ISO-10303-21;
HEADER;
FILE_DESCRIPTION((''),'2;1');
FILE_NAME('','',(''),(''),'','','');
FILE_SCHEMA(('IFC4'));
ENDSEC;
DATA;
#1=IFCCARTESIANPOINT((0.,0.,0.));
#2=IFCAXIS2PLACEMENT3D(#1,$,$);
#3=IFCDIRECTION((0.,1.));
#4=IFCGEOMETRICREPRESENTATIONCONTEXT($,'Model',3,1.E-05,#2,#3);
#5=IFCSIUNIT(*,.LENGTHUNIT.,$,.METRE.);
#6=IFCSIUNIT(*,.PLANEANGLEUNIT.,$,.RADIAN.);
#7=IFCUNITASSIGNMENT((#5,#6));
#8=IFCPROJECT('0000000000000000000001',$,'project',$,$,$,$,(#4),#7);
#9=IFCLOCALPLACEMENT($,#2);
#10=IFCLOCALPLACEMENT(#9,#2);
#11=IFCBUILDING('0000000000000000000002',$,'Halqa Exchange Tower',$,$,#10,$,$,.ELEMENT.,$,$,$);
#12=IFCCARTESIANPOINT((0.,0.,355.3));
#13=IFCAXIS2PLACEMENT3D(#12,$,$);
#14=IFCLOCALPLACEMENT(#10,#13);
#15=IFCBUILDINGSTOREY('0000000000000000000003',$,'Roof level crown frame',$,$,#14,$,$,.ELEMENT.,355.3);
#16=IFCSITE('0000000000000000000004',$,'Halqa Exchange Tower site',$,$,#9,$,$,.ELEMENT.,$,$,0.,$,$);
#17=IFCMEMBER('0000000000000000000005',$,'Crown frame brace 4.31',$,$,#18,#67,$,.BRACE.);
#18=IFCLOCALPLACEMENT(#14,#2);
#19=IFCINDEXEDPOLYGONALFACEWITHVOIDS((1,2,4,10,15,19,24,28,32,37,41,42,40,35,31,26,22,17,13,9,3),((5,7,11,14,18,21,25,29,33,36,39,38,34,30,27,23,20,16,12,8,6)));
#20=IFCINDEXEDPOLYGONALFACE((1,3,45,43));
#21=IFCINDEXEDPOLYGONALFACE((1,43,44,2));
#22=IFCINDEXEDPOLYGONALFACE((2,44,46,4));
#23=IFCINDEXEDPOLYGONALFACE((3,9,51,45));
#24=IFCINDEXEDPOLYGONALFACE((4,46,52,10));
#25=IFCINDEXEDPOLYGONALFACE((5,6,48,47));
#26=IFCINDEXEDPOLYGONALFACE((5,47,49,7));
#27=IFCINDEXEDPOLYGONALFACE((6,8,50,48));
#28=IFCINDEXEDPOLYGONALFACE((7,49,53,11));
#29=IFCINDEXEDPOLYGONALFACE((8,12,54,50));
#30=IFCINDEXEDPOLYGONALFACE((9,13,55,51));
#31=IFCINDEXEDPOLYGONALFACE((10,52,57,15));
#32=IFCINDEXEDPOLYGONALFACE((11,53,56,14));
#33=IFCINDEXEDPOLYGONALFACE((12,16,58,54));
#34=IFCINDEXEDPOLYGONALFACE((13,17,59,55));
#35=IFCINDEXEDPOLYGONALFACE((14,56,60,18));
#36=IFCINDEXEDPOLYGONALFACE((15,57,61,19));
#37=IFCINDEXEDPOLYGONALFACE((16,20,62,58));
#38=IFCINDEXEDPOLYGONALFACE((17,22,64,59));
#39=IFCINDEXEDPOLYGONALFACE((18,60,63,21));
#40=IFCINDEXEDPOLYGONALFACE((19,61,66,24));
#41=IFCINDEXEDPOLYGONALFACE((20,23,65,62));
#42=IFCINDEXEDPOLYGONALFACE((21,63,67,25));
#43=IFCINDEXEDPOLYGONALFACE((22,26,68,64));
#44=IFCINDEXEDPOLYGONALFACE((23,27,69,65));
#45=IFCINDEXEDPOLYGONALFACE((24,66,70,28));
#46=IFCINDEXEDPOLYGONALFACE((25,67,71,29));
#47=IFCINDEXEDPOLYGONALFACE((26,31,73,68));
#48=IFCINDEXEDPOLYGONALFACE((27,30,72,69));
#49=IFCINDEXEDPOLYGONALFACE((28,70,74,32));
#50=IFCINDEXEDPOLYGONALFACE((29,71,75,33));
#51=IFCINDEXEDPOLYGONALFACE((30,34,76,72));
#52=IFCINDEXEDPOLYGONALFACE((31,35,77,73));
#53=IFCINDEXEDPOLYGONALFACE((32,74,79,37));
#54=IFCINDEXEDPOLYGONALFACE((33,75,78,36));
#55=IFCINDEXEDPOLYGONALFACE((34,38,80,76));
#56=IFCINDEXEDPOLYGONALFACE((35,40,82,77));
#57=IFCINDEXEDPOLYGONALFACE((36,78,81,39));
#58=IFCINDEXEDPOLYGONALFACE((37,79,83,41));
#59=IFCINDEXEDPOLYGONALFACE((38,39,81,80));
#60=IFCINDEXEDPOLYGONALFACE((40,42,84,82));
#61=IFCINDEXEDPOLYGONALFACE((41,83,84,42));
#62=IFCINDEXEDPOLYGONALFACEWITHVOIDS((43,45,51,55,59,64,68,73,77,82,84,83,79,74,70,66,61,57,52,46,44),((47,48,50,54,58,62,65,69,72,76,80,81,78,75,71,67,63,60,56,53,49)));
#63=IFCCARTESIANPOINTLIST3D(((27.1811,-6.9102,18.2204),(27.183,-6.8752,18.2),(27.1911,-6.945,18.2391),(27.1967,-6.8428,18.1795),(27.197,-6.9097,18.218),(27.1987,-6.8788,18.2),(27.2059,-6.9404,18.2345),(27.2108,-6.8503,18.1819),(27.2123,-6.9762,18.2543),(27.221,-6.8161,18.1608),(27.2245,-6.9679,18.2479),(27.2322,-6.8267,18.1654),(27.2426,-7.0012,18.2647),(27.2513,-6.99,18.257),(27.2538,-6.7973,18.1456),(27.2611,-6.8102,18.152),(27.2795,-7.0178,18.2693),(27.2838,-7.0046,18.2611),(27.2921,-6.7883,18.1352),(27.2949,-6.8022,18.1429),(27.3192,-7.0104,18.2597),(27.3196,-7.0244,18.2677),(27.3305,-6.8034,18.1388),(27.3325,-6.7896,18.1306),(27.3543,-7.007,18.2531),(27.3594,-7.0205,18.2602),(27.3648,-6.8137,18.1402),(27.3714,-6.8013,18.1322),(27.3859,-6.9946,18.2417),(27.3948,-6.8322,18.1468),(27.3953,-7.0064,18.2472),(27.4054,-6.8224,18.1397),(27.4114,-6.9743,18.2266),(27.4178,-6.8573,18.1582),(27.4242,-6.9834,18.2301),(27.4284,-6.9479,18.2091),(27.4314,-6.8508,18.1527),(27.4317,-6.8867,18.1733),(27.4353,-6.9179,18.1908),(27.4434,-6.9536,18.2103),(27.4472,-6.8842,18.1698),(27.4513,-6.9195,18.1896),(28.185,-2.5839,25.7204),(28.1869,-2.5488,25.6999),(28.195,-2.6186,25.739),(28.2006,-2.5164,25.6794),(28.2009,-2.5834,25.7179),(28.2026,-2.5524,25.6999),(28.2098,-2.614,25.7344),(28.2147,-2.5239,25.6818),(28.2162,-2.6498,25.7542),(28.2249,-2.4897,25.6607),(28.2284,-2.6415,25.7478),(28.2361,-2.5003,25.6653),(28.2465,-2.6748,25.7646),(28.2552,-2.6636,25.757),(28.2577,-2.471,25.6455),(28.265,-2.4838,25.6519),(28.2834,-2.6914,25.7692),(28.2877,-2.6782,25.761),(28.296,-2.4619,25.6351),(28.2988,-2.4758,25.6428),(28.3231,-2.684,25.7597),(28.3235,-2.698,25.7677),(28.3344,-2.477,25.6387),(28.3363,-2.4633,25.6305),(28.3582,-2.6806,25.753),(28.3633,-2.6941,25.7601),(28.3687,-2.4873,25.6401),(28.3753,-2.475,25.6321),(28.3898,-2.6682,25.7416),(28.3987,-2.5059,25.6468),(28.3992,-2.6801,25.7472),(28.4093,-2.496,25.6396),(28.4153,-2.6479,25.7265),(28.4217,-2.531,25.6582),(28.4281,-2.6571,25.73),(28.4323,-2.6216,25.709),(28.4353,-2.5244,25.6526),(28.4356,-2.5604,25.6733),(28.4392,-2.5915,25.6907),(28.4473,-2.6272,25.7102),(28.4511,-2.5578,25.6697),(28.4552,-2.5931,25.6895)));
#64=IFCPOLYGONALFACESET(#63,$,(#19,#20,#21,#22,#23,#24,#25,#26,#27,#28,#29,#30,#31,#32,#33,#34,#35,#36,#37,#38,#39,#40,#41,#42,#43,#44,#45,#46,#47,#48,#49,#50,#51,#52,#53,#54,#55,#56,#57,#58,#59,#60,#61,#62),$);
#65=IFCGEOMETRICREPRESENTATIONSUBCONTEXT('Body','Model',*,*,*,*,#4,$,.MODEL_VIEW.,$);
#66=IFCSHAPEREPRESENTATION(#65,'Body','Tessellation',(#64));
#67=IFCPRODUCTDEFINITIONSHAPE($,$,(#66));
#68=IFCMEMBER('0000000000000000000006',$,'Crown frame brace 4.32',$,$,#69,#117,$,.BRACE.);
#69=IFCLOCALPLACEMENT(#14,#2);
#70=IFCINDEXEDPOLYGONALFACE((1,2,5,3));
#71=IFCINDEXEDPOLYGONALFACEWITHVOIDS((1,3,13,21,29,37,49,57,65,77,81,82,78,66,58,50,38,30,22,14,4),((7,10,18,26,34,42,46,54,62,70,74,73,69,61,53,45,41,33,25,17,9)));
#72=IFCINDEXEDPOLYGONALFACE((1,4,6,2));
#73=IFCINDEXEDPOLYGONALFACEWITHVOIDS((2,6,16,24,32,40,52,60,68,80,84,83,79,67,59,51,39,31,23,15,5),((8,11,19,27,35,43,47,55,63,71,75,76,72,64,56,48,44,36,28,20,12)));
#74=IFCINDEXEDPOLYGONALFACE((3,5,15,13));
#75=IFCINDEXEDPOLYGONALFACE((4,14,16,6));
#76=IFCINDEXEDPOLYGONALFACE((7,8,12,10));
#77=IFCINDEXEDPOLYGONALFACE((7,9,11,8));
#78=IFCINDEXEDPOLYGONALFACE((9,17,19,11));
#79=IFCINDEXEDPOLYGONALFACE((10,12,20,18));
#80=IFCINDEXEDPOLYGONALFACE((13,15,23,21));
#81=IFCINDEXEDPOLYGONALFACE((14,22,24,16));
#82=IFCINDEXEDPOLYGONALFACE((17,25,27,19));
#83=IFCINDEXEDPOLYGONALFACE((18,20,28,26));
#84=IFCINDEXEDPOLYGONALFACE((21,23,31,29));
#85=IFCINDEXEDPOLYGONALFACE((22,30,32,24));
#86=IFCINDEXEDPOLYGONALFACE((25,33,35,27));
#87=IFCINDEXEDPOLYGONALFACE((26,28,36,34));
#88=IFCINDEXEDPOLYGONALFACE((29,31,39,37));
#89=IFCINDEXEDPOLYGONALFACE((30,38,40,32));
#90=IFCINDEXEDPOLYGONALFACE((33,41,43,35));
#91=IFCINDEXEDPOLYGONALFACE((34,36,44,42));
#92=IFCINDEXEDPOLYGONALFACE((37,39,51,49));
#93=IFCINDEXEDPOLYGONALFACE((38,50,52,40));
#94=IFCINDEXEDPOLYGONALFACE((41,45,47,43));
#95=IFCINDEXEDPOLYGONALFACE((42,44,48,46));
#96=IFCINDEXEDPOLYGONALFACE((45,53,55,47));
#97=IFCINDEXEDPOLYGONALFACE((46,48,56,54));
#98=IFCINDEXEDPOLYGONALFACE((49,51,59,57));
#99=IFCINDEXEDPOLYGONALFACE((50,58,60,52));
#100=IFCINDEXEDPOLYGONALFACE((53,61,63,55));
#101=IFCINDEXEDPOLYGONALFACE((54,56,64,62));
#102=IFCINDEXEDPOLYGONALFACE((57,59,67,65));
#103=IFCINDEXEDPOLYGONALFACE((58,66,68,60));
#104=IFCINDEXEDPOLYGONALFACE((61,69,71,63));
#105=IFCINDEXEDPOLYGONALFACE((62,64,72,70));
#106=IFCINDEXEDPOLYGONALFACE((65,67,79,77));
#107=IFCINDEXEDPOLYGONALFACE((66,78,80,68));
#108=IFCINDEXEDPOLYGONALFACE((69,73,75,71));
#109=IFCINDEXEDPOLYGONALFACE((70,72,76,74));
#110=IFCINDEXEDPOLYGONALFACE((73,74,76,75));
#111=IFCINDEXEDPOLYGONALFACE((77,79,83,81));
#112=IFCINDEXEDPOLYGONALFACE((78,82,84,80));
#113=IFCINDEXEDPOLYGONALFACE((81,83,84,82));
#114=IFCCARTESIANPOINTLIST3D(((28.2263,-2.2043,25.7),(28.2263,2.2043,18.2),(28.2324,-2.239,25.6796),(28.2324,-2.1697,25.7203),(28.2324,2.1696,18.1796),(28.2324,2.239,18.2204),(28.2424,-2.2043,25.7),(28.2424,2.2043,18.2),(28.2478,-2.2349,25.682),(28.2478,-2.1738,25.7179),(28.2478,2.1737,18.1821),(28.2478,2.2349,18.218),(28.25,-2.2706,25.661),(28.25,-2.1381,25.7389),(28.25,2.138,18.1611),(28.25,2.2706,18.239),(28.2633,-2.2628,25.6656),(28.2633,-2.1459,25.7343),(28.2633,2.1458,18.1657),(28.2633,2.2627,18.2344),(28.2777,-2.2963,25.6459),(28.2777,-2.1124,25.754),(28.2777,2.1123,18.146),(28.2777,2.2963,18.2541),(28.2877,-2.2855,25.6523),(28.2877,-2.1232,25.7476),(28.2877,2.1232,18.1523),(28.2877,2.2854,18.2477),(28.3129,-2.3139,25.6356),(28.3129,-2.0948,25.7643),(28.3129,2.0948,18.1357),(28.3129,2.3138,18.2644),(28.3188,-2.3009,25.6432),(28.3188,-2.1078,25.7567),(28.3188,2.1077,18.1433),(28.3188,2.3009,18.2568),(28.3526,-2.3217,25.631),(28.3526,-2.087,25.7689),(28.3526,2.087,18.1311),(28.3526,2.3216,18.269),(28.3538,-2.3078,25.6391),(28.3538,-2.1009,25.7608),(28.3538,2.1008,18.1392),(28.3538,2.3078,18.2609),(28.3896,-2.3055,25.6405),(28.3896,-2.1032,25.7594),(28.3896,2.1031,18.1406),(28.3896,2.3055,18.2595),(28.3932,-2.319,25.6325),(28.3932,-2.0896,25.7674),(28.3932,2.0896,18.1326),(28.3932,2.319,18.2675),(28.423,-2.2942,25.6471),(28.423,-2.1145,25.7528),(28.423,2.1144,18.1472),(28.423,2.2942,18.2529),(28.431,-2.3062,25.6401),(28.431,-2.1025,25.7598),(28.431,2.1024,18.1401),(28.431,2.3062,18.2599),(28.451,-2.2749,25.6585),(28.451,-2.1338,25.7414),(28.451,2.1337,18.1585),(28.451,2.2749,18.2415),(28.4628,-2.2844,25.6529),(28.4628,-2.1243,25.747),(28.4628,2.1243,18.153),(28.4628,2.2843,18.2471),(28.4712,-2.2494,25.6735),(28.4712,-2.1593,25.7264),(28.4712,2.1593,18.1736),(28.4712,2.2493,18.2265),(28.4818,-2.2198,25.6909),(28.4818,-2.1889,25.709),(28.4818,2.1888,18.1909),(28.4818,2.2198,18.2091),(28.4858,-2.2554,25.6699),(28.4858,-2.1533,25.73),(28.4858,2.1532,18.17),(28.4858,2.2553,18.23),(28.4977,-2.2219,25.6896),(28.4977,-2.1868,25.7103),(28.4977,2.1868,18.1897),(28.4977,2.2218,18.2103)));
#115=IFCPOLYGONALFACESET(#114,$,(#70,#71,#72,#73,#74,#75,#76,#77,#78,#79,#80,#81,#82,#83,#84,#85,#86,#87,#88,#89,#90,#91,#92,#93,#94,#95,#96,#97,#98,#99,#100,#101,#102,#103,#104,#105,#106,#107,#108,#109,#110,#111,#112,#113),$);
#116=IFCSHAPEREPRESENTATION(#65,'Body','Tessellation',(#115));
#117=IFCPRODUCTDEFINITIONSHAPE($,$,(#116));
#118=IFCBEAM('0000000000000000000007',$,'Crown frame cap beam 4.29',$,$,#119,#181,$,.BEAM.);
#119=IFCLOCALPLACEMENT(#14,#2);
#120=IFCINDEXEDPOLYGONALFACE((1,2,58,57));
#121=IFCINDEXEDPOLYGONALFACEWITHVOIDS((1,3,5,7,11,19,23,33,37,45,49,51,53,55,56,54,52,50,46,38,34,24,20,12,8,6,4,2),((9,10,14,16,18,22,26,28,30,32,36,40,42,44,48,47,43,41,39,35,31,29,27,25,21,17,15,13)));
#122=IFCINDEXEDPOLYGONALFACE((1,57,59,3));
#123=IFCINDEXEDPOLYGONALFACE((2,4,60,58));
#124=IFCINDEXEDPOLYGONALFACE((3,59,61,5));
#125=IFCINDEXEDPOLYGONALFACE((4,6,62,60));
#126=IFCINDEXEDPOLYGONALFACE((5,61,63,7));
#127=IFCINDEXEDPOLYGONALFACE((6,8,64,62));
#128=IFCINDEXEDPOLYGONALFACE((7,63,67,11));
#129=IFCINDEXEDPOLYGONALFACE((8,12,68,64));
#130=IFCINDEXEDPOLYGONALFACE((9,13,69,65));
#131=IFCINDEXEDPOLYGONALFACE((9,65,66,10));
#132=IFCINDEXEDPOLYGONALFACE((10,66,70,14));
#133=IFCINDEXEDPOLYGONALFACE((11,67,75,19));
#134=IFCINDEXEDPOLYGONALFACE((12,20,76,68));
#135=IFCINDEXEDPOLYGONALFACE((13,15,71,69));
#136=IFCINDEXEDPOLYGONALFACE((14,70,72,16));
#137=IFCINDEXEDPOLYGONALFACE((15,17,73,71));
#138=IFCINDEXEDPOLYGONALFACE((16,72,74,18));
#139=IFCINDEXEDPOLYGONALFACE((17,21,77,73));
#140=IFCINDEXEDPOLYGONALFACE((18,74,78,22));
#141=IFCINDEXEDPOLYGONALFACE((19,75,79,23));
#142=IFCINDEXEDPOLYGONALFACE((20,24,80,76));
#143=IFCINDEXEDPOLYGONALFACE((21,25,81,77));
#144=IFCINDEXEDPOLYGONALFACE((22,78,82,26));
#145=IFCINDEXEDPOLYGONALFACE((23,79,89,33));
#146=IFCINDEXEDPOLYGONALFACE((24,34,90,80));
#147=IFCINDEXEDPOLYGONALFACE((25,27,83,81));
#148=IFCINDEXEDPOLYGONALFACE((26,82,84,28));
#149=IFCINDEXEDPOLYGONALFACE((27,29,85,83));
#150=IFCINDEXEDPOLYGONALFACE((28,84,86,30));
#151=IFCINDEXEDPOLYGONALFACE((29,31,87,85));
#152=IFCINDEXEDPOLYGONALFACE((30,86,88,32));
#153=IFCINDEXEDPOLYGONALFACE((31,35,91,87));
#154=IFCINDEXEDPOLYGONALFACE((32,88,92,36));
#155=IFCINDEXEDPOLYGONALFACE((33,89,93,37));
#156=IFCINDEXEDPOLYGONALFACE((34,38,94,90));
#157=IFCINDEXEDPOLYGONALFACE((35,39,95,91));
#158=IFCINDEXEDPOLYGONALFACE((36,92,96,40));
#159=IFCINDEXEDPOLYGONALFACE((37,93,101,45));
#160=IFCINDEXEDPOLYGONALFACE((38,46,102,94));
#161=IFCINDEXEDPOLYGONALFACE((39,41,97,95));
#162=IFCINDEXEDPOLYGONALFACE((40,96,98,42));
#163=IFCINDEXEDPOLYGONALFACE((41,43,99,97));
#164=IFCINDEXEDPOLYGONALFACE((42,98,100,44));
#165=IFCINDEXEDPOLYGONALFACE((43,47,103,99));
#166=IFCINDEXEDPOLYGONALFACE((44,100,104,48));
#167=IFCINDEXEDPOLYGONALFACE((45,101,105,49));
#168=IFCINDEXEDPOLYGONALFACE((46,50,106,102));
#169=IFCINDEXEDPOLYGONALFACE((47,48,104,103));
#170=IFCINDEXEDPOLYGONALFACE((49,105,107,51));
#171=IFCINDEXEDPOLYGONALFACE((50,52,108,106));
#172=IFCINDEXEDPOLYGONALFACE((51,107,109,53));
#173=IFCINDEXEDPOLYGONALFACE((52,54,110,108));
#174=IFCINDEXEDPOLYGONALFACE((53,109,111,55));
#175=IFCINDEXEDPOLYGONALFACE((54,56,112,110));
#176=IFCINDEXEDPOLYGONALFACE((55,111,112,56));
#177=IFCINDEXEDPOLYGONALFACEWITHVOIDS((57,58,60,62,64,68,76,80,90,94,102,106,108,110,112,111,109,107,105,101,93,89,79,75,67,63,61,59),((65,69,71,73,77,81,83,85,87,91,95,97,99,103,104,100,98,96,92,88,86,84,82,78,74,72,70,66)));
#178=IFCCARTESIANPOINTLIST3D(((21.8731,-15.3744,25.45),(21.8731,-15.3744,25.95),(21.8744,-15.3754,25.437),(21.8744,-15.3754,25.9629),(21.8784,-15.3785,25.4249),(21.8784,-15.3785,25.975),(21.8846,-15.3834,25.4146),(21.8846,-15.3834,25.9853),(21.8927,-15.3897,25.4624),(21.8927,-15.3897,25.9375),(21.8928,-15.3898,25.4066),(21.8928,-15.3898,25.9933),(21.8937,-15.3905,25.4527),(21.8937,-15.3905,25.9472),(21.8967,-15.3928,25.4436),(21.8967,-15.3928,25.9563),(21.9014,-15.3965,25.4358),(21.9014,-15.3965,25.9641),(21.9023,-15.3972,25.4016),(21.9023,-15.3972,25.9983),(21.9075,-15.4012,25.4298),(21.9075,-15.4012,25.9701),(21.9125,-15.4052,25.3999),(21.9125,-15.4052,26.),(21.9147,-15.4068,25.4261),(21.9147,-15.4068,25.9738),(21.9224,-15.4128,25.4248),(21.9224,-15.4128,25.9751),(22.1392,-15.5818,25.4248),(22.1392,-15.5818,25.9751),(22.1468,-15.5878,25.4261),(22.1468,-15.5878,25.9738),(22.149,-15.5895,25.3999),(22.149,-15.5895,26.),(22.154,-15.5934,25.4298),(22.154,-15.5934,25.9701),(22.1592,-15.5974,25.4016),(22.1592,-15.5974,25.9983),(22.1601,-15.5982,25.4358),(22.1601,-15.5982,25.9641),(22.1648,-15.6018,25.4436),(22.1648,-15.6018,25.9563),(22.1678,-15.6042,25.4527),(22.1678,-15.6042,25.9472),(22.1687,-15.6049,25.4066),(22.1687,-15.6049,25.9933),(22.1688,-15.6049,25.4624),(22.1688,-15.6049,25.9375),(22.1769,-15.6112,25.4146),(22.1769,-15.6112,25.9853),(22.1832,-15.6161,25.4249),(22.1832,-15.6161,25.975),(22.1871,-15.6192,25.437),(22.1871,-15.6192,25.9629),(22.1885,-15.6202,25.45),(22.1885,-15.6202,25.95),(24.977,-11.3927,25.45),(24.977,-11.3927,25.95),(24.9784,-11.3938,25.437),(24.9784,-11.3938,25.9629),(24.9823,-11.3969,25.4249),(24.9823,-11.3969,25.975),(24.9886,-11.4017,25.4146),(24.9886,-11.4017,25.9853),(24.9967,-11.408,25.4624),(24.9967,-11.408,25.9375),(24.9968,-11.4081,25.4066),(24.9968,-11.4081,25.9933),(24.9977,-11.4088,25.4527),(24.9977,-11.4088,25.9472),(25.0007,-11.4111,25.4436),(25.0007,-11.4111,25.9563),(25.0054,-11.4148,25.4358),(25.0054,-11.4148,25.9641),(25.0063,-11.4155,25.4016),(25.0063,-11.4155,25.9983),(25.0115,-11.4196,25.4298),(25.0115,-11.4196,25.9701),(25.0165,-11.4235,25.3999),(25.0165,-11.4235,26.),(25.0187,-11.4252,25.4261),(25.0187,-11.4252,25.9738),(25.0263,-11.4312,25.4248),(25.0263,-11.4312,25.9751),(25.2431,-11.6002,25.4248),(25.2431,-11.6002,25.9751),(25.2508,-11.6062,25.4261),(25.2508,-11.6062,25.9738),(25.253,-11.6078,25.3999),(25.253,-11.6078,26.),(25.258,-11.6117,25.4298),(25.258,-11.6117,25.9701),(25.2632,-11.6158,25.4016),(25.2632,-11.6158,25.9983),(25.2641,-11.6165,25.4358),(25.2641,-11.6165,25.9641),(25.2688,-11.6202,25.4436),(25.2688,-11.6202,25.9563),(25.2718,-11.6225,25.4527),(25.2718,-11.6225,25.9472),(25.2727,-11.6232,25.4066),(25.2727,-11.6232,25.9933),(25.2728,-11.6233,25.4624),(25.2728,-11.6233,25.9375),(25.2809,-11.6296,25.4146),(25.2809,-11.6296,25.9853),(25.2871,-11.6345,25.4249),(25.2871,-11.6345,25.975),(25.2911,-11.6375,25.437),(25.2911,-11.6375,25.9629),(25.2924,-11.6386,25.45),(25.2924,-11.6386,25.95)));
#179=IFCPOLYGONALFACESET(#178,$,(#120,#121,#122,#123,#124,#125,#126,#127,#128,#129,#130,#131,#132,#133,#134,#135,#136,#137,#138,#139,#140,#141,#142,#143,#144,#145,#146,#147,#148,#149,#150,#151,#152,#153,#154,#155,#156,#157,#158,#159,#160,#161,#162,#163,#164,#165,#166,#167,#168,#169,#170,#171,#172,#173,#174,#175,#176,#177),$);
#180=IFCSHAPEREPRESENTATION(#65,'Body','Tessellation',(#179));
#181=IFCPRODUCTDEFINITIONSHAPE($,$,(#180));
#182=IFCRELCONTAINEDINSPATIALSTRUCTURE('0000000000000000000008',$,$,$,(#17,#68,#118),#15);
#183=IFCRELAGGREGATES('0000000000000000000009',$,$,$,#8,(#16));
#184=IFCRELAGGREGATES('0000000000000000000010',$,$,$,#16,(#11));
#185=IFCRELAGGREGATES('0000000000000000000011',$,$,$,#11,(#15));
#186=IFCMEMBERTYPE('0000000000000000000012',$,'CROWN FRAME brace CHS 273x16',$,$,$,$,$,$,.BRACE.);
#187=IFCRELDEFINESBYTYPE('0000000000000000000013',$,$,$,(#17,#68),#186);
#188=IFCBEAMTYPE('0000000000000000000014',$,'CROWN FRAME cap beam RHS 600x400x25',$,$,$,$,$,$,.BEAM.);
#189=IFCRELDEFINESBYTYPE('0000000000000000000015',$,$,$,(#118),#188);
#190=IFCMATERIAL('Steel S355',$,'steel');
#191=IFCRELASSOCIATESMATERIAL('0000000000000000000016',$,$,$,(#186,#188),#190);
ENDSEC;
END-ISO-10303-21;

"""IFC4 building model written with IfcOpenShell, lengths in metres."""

from ifc_helpers import new_model, si_unit, direction, frame, origin, origin_2d, place, context, subcontext, project, spatial, hollow_rectangle, hollow_circle, extrude, material, material_profile, profile_set, type_object, element, save


model = new_model("IFC4")

# Units and contexts
model_context = context("Model", 3, precision=1e-05, world=origin(), true_north=direction((0.0, 1.0)))
body_context = subcontext(model_context, "Body", "Model", "MODEL_VIEW")
ifc_project = project(units=[si_unit("LENGTHUNIT", "METRE"), si_unit("PLANEANGLEUNIT", "RADIAN")], contexts=[model_context])

# Site, building, storey
site_placement = place(None, origin())
site = spatial("IfcSite", under=ifc_project, at=site_placement, Name="Halqa Exchange Tower site", CompositionType="ELEMENT", RefElevation=0.0)
building_placement = place(site_placement, origin())
building = spatial("IfcBuilding", under=site, at=building_placement, Name="Halqa Exchange Tower", CompositionType="ELEMENT")
storey_placement = place(building_placement, frame((0.0, 0.0, 355.3)))
storey = spatial("IfcBuildingStorey", under=building, at=storey_placement, Name="Roof level crown frame", CompositionType="ELEMENT", Elevation=355.3)

# Members
ifc_material_1 = material(Name="Steel S355", Category="steel")
ifc_material_profile_1 = material_profile(ifc_material_1, hollow_circle(Radius=0.1365, WallThickness=0.0161, at=origin_2d()), Name="CHS 273x16")
ifc_profile_set_1 = profile_set([ifc_material_profile_1], Name="Steel S355")
member_type = type_object("IfcMemberType", Name="CROWN FRAME brace CHS 273x16", PredefinedType="BRACE", material=ifc_profile_set_1)
member_1_placement = place(storey_placement, frame((27.3159, -6.906, 18.2), z_axis=(0.115174, 0.496353, 0.860447), x_axis=(-0.974119, 0.226036, 0.0)))
element("IfcMember", 1, at=member_1_placement, inside=storey, type_object=member_type, Name="Crown frame brace 4.31", PredefinedType="BRACE", context=body_context, shape_type="SweptSolid", body=[
    extrude(hollow_circle(Radius=0.1365, WallThickness=0.0161, at=origin_2d()), origin(), (0.0, 0.0, 1.0), 8.7163),
])
member_2_placement = place(storey_placement, frame((28.3628, -2.2043, 25.7), z_axis=(0.0, 0.506758, -0.862089), x_axis=(-1.0, 0.0, 0.0)))
element("IfcMember", 2, at=member_2_placement, inside=storey, type_object=member_type, Name="Crown frame brace 4.32", PredefinedType="BRACE", context=body_context, shape_type="SweptSolid", body=[
    extrude(hollow_circle(Radius=0.1365, WallThickness=0.0161, at=origin_2d()), origin(), (0.0, 0.0, 1.0), 8.6997),
])

# Beam
ifc_material_profile_2 = material_profile(ifc_material_1, hollow_rectangle(XDim=0.3999, YDim=0.6001, WallThickness=0.0249, InnerFilletRadius=0.0376, OuterFilletRadius=0.05, at=origin_2d()), Name="RHS 600x400x25")
ifc_profile_set_2 = profile_set([ifc_material_profile_2], Name="Steel S355")
beam_type_1 = type_object("IfcBeamType", Name="CROWN FRAME cap beam RHS 600x400x25", PredefinedType="BEAM", material=ifc_profile_set_2)
beam_1_placement = place(storey_placement, frame((22.0308, -15.4973, 25.7), z_axis=(0.614821, 0.788667, 0.0), x_axis=(-0.788667, 0.614821, 0.0)))
element("IfcBeam", 3, at=beam_1_placement, inside=storey, type_object=beam_type_1, Name="Crown frame cap beam 4.29", PredefinedType="BEAM", context=body_context, shape_type="SweptSolid", body=[
    extrude(hollow_rectangle(XDim=0.3999, YDim=0.6001, WallThickness=0.0249, InnerFilletRadius=0.0376, OuterFilletRadius=0.05, at=origin_2d()), origin(), (0.0, 0.0, 1.0), 5.0486),
])

save(model, "model.ifc")
